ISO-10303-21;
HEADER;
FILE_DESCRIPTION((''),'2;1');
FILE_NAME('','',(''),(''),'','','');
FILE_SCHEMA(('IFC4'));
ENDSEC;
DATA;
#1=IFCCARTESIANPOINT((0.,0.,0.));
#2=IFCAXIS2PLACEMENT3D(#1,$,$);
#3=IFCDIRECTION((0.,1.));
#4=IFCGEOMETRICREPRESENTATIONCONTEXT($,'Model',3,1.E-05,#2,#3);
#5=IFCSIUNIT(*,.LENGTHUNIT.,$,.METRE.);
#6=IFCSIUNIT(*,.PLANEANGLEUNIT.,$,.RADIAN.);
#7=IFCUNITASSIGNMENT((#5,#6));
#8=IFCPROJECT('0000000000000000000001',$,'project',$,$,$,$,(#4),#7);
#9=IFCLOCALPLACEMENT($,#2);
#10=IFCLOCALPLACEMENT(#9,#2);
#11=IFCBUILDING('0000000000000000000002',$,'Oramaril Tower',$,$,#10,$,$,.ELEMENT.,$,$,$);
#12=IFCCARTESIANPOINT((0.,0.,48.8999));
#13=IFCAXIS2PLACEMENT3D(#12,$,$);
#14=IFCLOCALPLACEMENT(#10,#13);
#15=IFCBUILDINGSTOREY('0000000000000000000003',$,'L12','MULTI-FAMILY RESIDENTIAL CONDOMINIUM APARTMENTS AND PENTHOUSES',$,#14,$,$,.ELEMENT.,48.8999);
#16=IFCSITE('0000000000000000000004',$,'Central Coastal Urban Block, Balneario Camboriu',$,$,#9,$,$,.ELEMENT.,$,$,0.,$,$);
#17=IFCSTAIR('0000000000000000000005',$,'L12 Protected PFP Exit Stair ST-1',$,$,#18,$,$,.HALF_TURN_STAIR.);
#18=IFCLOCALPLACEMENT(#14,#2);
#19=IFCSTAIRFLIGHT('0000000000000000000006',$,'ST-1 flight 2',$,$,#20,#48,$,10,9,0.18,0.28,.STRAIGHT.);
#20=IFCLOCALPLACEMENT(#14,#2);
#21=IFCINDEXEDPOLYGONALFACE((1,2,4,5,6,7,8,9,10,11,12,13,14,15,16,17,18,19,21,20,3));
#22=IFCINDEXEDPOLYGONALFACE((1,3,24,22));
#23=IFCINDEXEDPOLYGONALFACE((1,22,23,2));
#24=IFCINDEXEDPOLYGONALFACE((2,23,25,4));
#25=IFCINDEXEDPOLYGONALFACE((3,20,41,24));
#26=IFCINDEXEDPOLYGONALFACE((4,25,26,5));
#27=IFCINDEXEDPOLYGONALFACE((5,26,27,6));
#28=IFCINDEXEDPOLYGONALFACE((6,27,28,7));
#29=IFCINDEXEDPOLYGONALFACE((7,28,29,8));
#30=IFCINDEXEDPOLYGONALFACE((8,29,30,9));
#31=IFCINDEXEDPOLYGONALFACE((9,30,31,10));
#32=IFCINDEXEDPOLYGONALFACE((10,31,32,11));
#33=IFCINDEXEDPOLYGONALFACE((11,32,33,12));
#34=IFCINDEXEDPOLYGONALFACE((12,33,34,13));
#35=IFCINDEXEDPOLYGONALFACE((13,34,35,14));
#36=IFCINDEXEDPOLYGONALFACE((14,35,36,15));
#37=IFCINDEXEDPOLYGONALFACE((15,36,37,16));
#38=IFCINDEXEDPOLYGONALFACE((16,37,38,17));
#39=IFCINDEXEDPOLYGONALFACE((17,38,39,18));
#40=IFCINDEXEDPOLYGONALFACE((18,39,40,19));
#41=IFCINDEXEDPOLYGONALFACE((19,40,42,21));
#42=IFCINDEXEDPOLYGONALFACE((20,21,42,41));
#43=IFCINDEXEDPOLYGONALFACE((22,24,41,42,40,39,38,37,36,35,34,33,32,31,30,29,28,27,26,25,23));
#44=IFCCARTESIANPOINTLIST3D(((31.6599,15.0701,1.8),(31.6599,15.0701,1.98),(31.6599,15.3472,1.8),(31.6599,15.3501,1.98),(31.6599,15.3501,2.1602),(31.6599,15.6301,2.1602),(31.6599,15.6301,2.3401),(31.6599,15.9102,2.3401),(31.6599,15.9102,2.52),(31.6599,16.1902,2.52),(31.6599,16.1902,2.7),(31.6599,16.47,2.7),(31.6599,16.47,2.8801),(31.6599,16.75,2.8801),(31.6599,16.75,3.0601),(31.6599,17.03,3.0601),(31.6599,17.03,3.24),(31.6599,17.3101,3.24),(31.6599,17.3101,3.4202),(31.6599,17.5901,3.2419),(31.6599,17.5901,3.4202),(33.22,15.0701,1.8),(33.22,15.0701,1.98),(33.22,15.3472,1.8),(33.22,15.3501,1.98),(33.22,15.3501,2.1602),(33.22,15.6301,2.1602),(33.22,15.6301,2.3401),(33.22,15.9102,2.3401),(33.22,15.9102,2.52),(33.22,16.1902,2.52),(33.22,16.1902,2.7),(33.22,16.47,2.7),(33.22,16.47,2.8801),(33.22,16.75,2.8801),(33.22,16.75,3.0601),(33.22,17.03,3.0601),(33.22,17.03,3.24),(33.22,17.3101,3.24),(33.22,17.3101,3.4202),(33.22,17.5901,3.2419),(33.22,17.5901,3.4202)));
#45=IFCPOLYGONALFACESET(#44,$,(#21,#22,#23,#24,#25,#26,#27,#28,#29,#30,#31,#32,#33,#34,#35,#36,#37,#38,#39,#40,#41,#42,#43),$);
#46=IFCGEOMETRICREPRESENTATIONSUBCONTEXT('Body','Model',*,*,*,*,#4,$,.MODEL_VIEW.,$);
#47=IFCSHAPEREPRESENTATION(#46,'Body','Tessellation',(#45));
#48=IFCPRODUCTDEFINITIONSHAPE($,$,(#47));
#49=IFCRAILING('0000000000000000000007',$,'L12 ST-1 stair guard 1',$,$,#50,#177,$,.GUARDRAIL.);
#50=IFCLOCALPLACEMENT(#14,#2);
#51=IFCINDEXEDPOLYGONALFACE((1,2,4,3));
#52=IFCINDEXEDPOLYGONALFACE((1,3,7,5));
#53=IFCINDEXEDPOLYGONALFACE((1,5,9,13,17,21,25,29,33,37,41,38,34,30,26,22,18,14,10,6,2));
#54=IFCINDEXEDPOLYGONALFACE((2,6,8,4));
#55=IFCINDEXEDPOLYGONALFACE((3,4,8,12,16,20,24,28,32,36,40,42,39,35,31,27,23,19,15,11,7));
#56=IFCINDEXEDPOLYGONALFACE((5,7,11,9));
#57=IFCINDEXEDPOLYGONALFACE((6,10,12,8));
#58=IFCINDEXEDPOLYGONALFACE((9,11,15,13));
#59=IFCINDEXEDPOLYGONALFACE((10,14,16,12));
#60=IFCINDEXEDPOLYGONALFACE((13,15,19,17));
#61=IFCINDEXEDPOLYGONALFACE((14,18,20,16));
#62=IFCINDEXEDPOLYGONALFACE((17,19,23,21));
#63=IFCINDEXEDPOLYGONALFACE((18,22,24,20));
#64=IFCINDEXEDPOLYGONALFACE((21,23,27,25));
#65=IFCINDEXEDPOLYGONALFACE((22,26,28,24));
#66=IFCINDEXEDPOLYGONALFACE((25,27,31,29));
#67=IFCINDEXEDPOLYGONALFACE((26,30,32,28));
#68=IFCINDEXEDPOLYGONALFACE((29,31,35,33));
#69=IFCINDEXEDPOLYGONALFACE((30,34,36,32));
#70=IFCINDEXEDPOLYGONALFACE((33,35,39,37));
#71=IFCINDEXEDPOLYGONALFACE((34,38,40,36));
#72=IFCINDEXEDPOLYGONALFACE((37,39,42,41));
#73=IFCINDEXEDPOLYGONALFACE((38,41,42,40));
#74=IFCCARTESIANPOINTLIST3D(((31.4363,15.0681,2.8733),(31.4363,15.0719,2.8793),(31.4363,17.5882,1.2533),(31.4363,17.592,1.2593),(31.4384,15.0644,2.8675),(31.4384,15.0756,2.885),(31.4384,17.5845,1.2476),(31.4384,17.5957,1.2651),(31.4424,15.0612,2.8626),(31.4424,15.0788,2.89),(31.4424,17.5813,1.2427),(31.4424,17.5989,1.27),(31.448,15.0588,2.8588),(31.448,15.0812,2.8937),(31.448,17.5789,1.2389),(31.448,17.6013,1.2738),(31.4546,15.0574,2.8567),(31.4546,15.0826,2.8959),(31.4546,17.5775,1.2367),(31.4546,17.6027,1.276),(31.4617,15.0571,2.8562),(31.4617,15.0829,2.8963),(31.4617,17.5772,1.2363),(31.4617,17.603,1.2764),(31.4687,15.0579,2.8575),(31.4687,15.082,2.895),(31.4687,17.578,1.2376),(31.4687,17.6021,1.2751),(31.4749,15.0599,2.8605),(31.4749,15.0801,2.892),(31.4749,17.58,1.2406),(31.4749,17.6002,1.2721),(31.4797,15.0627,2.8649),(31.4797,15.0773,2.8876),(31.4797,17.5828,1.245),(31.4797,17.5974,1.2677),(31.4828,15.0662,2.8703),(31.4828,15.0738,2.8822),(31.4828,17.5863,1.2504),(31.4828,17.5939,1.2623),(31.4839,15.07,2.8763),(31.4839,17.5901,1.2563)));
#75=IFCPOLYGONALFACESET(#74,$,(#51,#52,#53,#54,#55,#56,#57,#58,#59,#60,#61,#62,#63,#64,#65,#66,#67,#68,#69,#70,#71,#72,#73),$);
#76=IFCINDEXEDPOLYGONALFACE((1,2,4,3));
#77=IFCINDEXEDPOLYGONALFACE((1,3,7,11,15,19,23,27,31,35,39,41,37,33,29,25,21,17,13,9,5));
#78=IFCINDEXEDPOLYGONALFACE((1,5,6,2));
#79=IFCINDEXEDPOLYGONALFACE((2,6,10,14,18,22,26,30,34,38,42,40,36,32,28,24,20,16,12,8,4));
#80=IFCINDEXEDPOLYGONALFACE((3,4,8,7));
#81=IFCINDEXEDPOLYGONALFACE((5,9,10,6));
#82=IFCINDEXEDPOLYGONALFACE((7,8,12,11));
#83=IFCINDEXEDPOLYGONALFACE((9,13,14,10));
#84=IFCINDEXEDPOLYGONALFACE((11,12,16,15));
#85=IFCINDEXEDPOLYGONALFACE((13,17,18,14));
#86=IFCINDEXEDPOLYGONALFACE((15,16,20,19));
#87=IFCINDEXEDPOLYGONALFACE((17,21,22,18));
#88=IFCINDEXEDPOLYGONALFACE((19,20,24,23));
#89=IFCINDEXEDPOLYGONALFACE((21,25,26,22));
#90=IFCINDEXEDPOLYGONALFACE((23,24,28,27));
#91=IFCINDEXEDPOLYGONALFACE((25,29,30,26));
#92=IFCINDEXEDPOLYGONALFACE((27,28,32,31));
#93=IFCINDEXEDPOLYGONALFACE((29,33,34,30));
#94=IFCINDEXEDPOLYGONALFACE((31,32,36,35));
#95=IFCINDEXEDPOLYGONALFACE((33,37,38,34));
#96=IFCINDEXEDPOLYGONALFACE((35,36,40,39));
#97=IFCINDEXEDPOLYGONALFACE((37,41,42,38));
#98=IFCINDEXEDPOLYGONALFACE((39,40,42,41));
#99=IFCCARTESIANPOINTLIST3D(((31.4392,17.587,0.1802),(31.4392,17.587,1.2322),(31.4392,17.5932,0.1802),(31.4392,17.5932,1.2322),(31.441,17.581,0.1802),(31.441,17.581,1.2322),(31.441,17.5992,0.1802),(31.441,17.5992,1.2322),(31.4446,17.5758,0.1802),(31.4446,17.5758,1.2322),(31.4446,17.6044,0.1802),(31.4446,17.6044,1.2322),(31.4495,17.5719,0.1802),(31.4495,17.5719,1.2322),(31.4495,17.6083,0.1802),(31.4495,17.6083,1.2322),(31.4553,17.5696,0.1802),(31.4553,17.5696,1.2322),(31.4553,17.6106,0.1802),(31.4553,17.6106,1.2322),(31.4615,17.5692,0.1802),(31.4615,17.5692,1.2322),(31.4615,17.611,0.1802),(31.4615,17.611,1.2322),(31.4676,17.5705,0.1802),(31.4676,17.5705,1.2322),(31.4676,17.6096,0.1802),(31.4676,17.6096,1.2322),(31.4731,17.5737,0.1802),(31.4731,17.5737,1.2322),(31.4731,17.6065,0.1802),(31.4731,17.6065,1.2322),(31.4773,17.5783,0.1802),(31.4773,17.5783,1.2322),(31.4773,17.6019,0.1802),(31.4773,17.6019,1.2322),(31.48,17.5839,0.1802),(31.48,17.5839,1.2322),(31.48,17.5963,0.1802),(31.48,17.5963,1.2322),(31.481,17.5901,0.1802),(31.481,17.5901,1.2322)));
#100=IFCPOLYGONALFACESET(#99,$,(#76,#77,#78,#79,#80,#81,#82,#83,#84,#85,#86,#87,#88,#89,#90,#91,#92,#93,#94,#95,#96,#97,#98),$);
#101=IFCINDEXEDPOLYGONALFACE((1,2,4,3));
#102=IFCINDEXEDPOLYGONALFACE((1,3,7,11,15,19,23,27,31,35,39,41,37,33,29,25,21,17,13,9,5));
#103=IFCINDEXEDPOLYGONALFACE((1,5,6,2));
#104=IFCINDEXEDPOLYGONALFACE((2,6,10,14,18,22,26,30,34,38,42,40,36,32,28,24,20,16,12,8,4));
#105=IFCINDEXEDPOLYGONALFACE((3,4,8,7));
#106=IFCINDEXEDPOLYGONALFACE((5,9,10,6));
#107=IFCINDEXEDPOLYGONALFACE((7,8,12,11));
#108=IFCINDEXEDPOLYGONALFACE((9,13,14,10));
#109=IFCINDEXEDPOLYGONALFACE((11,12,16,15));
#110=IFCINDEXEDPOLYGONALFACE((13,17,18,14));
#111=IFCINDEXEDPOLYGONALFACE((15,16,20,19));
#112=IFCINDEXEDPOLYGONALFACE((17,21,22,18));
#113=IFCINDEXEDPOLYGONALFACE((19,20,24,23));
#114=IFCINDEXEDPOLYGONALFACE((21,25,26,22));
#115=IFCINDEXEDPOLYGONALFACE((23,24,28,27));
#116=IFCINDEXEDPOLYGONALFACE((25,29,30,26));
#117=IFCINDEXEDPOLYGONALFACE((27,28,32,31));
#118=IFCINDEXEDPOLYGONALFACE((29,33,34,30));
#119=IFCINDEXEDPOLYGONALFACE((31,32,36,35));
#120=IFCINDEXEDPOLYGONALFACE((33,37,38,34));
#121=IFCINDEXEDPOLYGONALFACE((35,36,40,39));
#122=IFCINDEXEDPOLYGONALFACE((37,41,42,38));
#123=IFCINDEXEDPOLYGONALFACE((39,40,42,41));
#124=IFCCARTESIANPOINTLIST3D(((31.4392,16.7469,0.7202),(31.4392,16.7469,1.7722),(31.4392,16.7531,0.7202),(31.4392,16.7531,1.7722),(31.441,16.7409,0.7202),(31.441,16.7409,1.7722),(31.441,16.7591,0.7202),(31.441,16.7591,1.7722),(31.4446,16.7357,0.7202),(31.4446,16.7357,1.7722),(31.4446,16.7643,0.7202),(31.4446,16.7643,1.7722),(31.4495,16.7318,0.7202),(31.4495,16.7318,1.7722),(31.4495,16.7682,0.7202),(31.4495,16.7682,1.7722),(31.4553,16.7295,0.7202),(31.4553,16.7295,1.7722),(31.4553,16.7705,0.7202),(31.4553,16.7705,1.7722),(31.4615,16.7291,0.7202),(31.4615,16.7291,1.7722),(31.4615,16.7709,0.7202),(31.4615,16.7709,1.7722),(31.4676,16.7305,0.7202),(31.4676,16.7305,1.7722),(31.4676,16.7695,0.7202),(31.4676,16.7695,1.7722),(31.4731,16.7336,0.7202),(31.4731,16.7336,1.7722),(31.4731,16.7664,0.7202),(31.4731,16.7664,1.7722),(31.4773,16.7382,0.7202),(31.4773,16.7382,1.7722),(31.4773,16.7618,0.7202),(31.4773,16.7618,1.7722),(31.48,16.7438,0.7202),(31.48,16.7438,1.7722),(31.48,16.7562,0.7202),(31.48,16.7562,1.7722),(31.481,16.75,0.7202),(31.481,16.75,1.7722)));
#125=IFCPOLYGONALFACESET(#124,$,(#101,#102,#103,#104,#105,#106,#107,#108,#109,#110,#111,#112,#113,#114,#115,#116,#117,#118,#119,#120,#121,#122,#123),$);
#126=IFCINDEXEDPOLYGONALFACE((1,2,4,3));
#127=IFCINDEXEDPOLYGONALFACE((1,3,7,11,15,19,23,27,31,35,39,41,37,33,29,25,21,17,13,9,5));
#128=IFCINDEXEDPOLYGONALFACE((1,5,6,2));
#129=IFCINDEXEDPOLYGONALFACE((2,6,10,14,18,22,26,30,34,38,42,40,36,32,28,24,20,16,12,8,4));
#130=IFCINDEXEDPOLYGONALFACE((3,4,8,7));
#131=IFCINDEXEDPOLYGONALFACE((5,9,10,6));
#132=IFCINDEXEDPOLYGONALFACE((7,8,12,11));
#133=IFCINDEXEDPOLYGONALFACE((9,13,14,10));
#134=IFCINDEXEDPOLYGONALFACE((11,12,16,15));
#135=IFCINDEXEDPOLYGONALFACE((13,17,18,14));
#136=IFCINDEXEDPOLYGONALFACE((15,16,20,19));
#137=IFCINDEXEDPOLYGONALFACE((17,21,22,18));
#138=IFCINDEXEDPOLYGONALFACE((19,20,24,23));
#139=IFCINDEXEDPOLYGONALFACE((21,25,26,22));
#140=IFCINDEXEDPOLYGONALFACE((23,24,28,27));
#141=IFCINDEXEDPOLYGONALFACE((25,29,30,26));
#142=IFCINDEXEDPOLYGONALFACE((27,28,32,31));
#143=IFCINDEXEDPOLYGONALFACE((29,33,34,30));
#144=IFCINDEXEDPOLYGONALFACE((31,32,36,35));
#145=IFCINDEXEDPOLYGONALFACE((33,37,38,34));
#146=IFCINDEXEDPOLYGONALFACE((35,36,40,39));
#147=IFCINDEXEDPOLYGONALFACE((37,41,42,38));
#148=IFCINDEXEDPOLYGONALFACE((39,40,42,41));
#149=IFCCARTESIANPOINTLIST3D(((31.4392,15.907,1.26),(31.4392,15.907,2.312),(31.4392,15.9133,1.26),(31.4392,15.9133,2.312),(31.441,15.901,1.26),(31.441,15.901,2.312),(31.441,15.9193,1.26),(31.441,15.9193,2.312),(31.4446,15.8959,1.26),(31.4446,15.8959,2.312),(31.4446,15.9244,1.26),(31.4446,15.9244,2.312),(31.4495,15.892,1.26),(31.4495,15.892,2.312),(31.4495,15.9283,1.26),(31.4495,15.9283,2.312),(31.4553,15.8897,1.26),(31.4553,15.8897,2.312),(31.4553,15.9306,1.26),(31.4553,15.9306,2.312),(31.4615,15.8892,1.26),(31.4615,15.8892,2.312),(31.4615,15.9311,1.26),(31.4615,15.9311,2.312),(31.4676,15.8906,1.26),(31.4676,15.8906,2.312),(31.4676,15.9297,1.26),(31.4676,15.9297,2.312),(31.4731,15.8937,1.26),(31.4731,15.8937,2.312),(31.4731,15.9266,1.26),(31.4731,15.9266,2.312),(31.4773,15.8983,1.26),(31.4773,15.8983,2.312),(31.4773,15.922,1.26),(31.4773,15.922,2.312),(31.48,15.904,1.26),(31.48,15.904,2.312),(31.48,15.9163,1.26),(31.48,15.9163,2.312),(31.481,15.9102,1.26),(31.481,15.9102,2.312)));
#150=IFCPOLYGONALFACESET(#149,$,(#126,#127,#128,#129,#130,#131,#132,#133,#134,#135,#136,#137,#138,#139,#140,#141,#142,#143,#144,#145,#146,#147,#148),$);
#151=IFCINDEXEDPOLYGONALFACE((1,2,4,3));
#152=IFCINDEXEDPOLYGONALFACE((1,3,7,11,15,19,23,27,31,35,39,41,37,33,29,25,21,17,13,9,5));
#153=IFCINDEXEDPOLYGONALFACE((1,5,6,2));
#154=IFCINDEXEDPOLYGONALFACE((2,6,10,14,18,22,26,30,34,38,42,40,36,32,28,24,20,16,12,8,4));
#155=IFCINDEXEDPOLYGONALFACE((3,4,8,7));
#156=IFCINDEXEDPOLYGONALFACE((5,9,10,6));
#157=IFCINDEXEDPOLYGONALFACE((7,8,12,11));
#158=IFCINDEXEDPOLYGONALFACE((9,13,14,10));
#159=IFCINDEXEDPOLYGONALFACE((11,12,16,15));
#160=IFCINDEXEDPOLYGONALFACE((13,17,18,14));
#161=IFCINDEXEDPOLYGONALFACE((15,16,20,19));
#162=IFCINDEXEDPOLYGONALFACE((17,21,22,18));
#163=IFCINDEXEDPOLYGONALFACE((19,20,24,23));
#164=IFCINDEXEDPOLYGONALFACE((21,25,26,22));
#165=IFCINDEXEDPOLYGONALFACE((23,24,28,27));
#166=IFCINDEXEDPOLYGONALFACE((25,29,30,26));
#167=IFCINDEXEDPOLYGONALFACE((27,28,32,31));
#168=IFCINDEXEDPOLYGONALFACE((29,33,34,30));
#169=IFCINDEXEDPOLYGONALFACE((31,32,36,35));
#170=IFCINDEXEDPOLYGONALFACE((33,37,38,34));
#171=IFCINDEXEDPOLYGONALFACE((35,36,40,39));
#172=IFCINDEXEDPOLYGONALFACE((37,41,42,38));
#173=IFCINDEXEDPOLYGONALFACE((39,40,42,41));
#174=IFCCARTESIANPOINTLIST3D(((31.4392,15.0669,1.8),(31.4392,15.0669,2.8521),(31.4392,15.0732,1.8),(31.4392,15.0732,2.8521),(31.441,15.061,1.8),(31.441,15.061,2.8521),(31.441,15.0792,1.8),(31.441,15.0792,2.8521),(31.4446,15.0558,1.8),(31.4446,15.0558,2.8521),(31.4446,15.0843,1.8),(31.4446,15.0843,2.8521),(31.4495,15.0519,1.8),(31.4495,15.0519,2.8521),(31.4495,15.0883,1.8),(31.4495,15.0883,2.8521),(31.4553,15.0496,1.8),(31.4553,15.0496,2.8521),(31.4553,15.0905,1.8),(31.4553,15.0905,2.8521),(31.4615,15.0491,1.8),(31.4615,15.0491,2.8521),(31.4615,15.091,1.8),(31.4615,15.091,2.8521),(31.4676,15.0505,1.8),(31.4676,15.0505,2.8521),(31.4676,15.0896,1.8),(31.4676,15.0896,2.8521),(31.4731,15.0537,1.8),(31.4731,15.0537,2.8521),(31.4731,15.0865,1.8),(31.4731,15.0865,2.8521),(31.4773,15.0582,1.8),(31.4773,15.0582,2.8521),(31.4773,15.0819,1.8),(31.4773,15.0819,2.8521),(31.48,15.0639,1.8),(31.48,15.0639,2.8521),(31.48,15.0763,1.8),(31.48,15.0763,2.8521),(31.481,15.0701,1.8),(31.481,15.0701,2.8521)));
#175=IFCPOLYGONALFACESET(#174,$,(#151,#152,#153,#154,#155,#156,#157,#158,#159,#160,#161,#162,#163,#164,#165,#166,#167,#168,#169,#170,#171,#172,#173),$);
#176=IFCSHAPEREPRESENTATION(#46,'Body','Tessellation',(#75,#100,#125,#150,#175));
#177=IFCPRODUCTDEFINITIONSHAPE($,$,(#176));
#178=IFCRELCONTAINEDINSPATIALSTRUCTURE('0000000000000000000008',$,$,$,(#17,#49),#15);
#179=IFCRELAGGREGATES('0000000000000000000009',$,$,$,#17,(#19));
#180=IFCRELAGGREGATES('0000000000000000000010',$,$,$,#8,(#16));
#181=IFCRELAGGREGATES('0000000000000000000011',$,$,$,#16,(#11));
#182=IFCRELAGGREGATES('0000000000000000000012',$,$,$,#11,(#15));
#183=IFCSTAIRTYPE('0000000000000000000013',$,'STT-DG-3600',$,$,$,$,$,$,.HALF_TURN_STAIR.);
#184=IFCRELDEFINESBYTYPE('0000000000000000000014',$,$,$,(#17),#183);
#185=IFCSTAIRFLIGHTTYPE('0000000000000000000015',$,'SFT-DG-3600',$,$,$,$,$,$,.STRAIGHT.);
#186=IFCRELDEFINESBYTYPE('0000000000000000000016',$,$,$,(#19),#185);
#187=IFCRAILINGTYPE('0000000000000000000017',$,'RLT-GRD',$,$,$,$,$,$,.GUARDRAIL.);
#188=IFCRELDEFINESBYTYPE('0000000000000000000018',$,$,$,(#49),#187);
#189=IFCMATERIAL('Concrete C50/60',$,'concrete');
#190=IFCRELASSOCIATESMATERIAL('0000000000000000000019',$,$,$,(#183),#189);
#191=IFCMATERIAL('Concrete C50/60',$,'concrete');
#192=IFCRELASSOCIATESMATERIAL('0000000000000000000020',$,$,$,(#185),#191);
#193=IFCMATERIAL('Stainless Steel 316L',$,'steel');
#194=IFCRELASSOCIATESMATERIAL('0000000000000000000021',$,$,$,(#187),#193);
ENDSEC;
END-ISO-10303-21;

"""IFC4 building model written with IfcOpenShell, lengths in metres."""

from ifc_helpers import new_model, si_unit, direction, frame, origin, origin_2d, place, context, subcontext, project, spatial, polyline, circle, outline, extrude, material, type_object, element, aggregate, save


model = new_model("IFC4")

# Units and contexts
model_context = context("Model", 3, precision=1e-05, world=origin(), true_north=direction((0.0, 1.0)))
body_context = subcontext(model_context, "Body", "Model", "MODEL_VIEW")
ifc_project = project(units=[si_unit("LENGTHUNIT", "METRE"), si_unit("PLANEANGLEUNIT", "RADIAN")], contexts=[model_context])

# Site, building, storey
site_placement = place(None, origin())
site = spatial("IfcSite", under=ifc_project, at=site_placement, Name="Central Coastal Urban Block, Balneario Camboriu", CompositionType="ELEMENT", RefElevation=0.0)
building_placement = place(site_placement, origin())
building = spatial("IfcBuilding", under=site, at=building_placement, Name="Oramaril Tower", CompositionType="ELEMENT")
storey_placement = place(building_placement, frame((0.0, 0.0, 48.8999)))
storey = spatial("IfcBuildingStorey", under=building, at=storey_placement, Name="L12", Description="MULTI-FAMILY RESIDENTIAL CONDOMINIUM APARTMENTS AND PENTHOUSES", CompositionType="ELEMENT", Elevation=48.8999)

# Stair, stair flight
ifc_material_1 = material(Name="Concrete C50/60", Category="concrete")
stair_type = type_object("IfcStairType", Name="STT-DG-3600", PredefinedType="HALF_TURN_STAIR", material=ifc_material_1)
stair_placement = place(storey_placement, origin())
stair = element("IfcStair", 1, at=stair_placement, inside=storey, type_object=stair_type, Name="L12 Protected PFP Exit Stair ST-1", PredefinedType="HALF_TURN_STAIR")
ifc_material_2 = material(Name="Concrete C50/60", Category="concrete")
stair_flight_type = type_object("IfcStairFlightType", Name="SFT-DG-3600", PredefinedType="STRAIGHT", material=ifc_material_2)
stair_flight_1_placement = place(storey_placement, frame((32.4399, 15.0701, 1.8), z_axis=(0.0, 0.0, 1.0), x_axis=(0.0, 1.0, 0.0)))
stair_flight_1 = element("IfcStairFlight", 2, at=stair_flight_1_placement, type_object=stair_flight_type, Name="ST-1 flight 2", NumberOfRisers=10, NumberOfTreads=9, PredefinedType="STRAIGHT", RiserHeight=0.18, TreadLength=0.28, context=body_context, shape_type="SweptSolid", body=[
    extrude(outline(polyline([(0.0, 0.0), (0.0, 0.1799), (0.28, 0.1799), (0.28, 0.3601), (0.5601, 0.3601), (0.5601, 0.54), (0.8401, 0.54), (0.8401, 0.72), (1.1201, 0.72), (1.1201, 0.8999), (1.3999, 0.8999), (1.3999, 1.0801), (1.6799, 1.0801), (1.6799, 1.26), (1.96, 1.26), (1.96, 1.4399), (2.24, 1.4399), (2.24, 1.6201), (2.52, 1.6201), (2.52, 1.8), (2.52, 1.4419), (0.2771, 0.0), (0.0, 0.0)])), frame((0.0, 0.78, 0.0), z_axis=(0.0, -1.0, 0.0), x_axis=(1.0, 0.0, 0.0)), (0.0, 0.0, 1.0), 1.5601),
])
aggregate(stair, [stair_flight_1])

# Railing
ifc_material_3 = material(Name="Stainless Steel 316L", Category="steel")
railing_type_1 = type_object("IfcRailingType", Name="RLT-GRD", PredefinedType="GUARDRAIL", material=ifc_material_3)
railing_1_placement = place(storey_placement, frame((31.46, 17.5901, 0.1802)))
element("IfcRailing", 3, at=railing_1_placement, inside=storey, type_object=railing_type_1, Name="L12 ST-1 stair guard 1", PredefinedType="GUARDRAIL", context=body_context, shape_type="SweptSolid", body=[
    extrude(circle(Radius=0.0239, at=origin_2d()), frame((0.0, 0.0, 1.0762), z_axis=(0.0, -0.8412, 0.540725), x_axis=(1.0, 0.0, 0.0)), (0.0, 0.0, 1.0), 2.9958),
    extrude(circle(Radius=0.021, at=origin_2d()), origin(), (0.0, 0.0, 1.0), 1.052),
    extrude(circle(Radius=0.021, at=origin_2d()), frame((0.0, -0.8401, 0.54)), (0.0, 0.0, 1.0), 1.052),
    extrude(circle(Radius=0.021, at=origin_2d()), frame((0.0, -1.6799, 1.0798)), (0.0, 0.0, 1.0), 1.052),
    extrude(circle(Radius=0.021, at=origin_2d()), frame((0.0, -2.52, 1.6199)), (0.0, 0.0, 1.0), 1.052),
])

save(model, "model.ifc")
